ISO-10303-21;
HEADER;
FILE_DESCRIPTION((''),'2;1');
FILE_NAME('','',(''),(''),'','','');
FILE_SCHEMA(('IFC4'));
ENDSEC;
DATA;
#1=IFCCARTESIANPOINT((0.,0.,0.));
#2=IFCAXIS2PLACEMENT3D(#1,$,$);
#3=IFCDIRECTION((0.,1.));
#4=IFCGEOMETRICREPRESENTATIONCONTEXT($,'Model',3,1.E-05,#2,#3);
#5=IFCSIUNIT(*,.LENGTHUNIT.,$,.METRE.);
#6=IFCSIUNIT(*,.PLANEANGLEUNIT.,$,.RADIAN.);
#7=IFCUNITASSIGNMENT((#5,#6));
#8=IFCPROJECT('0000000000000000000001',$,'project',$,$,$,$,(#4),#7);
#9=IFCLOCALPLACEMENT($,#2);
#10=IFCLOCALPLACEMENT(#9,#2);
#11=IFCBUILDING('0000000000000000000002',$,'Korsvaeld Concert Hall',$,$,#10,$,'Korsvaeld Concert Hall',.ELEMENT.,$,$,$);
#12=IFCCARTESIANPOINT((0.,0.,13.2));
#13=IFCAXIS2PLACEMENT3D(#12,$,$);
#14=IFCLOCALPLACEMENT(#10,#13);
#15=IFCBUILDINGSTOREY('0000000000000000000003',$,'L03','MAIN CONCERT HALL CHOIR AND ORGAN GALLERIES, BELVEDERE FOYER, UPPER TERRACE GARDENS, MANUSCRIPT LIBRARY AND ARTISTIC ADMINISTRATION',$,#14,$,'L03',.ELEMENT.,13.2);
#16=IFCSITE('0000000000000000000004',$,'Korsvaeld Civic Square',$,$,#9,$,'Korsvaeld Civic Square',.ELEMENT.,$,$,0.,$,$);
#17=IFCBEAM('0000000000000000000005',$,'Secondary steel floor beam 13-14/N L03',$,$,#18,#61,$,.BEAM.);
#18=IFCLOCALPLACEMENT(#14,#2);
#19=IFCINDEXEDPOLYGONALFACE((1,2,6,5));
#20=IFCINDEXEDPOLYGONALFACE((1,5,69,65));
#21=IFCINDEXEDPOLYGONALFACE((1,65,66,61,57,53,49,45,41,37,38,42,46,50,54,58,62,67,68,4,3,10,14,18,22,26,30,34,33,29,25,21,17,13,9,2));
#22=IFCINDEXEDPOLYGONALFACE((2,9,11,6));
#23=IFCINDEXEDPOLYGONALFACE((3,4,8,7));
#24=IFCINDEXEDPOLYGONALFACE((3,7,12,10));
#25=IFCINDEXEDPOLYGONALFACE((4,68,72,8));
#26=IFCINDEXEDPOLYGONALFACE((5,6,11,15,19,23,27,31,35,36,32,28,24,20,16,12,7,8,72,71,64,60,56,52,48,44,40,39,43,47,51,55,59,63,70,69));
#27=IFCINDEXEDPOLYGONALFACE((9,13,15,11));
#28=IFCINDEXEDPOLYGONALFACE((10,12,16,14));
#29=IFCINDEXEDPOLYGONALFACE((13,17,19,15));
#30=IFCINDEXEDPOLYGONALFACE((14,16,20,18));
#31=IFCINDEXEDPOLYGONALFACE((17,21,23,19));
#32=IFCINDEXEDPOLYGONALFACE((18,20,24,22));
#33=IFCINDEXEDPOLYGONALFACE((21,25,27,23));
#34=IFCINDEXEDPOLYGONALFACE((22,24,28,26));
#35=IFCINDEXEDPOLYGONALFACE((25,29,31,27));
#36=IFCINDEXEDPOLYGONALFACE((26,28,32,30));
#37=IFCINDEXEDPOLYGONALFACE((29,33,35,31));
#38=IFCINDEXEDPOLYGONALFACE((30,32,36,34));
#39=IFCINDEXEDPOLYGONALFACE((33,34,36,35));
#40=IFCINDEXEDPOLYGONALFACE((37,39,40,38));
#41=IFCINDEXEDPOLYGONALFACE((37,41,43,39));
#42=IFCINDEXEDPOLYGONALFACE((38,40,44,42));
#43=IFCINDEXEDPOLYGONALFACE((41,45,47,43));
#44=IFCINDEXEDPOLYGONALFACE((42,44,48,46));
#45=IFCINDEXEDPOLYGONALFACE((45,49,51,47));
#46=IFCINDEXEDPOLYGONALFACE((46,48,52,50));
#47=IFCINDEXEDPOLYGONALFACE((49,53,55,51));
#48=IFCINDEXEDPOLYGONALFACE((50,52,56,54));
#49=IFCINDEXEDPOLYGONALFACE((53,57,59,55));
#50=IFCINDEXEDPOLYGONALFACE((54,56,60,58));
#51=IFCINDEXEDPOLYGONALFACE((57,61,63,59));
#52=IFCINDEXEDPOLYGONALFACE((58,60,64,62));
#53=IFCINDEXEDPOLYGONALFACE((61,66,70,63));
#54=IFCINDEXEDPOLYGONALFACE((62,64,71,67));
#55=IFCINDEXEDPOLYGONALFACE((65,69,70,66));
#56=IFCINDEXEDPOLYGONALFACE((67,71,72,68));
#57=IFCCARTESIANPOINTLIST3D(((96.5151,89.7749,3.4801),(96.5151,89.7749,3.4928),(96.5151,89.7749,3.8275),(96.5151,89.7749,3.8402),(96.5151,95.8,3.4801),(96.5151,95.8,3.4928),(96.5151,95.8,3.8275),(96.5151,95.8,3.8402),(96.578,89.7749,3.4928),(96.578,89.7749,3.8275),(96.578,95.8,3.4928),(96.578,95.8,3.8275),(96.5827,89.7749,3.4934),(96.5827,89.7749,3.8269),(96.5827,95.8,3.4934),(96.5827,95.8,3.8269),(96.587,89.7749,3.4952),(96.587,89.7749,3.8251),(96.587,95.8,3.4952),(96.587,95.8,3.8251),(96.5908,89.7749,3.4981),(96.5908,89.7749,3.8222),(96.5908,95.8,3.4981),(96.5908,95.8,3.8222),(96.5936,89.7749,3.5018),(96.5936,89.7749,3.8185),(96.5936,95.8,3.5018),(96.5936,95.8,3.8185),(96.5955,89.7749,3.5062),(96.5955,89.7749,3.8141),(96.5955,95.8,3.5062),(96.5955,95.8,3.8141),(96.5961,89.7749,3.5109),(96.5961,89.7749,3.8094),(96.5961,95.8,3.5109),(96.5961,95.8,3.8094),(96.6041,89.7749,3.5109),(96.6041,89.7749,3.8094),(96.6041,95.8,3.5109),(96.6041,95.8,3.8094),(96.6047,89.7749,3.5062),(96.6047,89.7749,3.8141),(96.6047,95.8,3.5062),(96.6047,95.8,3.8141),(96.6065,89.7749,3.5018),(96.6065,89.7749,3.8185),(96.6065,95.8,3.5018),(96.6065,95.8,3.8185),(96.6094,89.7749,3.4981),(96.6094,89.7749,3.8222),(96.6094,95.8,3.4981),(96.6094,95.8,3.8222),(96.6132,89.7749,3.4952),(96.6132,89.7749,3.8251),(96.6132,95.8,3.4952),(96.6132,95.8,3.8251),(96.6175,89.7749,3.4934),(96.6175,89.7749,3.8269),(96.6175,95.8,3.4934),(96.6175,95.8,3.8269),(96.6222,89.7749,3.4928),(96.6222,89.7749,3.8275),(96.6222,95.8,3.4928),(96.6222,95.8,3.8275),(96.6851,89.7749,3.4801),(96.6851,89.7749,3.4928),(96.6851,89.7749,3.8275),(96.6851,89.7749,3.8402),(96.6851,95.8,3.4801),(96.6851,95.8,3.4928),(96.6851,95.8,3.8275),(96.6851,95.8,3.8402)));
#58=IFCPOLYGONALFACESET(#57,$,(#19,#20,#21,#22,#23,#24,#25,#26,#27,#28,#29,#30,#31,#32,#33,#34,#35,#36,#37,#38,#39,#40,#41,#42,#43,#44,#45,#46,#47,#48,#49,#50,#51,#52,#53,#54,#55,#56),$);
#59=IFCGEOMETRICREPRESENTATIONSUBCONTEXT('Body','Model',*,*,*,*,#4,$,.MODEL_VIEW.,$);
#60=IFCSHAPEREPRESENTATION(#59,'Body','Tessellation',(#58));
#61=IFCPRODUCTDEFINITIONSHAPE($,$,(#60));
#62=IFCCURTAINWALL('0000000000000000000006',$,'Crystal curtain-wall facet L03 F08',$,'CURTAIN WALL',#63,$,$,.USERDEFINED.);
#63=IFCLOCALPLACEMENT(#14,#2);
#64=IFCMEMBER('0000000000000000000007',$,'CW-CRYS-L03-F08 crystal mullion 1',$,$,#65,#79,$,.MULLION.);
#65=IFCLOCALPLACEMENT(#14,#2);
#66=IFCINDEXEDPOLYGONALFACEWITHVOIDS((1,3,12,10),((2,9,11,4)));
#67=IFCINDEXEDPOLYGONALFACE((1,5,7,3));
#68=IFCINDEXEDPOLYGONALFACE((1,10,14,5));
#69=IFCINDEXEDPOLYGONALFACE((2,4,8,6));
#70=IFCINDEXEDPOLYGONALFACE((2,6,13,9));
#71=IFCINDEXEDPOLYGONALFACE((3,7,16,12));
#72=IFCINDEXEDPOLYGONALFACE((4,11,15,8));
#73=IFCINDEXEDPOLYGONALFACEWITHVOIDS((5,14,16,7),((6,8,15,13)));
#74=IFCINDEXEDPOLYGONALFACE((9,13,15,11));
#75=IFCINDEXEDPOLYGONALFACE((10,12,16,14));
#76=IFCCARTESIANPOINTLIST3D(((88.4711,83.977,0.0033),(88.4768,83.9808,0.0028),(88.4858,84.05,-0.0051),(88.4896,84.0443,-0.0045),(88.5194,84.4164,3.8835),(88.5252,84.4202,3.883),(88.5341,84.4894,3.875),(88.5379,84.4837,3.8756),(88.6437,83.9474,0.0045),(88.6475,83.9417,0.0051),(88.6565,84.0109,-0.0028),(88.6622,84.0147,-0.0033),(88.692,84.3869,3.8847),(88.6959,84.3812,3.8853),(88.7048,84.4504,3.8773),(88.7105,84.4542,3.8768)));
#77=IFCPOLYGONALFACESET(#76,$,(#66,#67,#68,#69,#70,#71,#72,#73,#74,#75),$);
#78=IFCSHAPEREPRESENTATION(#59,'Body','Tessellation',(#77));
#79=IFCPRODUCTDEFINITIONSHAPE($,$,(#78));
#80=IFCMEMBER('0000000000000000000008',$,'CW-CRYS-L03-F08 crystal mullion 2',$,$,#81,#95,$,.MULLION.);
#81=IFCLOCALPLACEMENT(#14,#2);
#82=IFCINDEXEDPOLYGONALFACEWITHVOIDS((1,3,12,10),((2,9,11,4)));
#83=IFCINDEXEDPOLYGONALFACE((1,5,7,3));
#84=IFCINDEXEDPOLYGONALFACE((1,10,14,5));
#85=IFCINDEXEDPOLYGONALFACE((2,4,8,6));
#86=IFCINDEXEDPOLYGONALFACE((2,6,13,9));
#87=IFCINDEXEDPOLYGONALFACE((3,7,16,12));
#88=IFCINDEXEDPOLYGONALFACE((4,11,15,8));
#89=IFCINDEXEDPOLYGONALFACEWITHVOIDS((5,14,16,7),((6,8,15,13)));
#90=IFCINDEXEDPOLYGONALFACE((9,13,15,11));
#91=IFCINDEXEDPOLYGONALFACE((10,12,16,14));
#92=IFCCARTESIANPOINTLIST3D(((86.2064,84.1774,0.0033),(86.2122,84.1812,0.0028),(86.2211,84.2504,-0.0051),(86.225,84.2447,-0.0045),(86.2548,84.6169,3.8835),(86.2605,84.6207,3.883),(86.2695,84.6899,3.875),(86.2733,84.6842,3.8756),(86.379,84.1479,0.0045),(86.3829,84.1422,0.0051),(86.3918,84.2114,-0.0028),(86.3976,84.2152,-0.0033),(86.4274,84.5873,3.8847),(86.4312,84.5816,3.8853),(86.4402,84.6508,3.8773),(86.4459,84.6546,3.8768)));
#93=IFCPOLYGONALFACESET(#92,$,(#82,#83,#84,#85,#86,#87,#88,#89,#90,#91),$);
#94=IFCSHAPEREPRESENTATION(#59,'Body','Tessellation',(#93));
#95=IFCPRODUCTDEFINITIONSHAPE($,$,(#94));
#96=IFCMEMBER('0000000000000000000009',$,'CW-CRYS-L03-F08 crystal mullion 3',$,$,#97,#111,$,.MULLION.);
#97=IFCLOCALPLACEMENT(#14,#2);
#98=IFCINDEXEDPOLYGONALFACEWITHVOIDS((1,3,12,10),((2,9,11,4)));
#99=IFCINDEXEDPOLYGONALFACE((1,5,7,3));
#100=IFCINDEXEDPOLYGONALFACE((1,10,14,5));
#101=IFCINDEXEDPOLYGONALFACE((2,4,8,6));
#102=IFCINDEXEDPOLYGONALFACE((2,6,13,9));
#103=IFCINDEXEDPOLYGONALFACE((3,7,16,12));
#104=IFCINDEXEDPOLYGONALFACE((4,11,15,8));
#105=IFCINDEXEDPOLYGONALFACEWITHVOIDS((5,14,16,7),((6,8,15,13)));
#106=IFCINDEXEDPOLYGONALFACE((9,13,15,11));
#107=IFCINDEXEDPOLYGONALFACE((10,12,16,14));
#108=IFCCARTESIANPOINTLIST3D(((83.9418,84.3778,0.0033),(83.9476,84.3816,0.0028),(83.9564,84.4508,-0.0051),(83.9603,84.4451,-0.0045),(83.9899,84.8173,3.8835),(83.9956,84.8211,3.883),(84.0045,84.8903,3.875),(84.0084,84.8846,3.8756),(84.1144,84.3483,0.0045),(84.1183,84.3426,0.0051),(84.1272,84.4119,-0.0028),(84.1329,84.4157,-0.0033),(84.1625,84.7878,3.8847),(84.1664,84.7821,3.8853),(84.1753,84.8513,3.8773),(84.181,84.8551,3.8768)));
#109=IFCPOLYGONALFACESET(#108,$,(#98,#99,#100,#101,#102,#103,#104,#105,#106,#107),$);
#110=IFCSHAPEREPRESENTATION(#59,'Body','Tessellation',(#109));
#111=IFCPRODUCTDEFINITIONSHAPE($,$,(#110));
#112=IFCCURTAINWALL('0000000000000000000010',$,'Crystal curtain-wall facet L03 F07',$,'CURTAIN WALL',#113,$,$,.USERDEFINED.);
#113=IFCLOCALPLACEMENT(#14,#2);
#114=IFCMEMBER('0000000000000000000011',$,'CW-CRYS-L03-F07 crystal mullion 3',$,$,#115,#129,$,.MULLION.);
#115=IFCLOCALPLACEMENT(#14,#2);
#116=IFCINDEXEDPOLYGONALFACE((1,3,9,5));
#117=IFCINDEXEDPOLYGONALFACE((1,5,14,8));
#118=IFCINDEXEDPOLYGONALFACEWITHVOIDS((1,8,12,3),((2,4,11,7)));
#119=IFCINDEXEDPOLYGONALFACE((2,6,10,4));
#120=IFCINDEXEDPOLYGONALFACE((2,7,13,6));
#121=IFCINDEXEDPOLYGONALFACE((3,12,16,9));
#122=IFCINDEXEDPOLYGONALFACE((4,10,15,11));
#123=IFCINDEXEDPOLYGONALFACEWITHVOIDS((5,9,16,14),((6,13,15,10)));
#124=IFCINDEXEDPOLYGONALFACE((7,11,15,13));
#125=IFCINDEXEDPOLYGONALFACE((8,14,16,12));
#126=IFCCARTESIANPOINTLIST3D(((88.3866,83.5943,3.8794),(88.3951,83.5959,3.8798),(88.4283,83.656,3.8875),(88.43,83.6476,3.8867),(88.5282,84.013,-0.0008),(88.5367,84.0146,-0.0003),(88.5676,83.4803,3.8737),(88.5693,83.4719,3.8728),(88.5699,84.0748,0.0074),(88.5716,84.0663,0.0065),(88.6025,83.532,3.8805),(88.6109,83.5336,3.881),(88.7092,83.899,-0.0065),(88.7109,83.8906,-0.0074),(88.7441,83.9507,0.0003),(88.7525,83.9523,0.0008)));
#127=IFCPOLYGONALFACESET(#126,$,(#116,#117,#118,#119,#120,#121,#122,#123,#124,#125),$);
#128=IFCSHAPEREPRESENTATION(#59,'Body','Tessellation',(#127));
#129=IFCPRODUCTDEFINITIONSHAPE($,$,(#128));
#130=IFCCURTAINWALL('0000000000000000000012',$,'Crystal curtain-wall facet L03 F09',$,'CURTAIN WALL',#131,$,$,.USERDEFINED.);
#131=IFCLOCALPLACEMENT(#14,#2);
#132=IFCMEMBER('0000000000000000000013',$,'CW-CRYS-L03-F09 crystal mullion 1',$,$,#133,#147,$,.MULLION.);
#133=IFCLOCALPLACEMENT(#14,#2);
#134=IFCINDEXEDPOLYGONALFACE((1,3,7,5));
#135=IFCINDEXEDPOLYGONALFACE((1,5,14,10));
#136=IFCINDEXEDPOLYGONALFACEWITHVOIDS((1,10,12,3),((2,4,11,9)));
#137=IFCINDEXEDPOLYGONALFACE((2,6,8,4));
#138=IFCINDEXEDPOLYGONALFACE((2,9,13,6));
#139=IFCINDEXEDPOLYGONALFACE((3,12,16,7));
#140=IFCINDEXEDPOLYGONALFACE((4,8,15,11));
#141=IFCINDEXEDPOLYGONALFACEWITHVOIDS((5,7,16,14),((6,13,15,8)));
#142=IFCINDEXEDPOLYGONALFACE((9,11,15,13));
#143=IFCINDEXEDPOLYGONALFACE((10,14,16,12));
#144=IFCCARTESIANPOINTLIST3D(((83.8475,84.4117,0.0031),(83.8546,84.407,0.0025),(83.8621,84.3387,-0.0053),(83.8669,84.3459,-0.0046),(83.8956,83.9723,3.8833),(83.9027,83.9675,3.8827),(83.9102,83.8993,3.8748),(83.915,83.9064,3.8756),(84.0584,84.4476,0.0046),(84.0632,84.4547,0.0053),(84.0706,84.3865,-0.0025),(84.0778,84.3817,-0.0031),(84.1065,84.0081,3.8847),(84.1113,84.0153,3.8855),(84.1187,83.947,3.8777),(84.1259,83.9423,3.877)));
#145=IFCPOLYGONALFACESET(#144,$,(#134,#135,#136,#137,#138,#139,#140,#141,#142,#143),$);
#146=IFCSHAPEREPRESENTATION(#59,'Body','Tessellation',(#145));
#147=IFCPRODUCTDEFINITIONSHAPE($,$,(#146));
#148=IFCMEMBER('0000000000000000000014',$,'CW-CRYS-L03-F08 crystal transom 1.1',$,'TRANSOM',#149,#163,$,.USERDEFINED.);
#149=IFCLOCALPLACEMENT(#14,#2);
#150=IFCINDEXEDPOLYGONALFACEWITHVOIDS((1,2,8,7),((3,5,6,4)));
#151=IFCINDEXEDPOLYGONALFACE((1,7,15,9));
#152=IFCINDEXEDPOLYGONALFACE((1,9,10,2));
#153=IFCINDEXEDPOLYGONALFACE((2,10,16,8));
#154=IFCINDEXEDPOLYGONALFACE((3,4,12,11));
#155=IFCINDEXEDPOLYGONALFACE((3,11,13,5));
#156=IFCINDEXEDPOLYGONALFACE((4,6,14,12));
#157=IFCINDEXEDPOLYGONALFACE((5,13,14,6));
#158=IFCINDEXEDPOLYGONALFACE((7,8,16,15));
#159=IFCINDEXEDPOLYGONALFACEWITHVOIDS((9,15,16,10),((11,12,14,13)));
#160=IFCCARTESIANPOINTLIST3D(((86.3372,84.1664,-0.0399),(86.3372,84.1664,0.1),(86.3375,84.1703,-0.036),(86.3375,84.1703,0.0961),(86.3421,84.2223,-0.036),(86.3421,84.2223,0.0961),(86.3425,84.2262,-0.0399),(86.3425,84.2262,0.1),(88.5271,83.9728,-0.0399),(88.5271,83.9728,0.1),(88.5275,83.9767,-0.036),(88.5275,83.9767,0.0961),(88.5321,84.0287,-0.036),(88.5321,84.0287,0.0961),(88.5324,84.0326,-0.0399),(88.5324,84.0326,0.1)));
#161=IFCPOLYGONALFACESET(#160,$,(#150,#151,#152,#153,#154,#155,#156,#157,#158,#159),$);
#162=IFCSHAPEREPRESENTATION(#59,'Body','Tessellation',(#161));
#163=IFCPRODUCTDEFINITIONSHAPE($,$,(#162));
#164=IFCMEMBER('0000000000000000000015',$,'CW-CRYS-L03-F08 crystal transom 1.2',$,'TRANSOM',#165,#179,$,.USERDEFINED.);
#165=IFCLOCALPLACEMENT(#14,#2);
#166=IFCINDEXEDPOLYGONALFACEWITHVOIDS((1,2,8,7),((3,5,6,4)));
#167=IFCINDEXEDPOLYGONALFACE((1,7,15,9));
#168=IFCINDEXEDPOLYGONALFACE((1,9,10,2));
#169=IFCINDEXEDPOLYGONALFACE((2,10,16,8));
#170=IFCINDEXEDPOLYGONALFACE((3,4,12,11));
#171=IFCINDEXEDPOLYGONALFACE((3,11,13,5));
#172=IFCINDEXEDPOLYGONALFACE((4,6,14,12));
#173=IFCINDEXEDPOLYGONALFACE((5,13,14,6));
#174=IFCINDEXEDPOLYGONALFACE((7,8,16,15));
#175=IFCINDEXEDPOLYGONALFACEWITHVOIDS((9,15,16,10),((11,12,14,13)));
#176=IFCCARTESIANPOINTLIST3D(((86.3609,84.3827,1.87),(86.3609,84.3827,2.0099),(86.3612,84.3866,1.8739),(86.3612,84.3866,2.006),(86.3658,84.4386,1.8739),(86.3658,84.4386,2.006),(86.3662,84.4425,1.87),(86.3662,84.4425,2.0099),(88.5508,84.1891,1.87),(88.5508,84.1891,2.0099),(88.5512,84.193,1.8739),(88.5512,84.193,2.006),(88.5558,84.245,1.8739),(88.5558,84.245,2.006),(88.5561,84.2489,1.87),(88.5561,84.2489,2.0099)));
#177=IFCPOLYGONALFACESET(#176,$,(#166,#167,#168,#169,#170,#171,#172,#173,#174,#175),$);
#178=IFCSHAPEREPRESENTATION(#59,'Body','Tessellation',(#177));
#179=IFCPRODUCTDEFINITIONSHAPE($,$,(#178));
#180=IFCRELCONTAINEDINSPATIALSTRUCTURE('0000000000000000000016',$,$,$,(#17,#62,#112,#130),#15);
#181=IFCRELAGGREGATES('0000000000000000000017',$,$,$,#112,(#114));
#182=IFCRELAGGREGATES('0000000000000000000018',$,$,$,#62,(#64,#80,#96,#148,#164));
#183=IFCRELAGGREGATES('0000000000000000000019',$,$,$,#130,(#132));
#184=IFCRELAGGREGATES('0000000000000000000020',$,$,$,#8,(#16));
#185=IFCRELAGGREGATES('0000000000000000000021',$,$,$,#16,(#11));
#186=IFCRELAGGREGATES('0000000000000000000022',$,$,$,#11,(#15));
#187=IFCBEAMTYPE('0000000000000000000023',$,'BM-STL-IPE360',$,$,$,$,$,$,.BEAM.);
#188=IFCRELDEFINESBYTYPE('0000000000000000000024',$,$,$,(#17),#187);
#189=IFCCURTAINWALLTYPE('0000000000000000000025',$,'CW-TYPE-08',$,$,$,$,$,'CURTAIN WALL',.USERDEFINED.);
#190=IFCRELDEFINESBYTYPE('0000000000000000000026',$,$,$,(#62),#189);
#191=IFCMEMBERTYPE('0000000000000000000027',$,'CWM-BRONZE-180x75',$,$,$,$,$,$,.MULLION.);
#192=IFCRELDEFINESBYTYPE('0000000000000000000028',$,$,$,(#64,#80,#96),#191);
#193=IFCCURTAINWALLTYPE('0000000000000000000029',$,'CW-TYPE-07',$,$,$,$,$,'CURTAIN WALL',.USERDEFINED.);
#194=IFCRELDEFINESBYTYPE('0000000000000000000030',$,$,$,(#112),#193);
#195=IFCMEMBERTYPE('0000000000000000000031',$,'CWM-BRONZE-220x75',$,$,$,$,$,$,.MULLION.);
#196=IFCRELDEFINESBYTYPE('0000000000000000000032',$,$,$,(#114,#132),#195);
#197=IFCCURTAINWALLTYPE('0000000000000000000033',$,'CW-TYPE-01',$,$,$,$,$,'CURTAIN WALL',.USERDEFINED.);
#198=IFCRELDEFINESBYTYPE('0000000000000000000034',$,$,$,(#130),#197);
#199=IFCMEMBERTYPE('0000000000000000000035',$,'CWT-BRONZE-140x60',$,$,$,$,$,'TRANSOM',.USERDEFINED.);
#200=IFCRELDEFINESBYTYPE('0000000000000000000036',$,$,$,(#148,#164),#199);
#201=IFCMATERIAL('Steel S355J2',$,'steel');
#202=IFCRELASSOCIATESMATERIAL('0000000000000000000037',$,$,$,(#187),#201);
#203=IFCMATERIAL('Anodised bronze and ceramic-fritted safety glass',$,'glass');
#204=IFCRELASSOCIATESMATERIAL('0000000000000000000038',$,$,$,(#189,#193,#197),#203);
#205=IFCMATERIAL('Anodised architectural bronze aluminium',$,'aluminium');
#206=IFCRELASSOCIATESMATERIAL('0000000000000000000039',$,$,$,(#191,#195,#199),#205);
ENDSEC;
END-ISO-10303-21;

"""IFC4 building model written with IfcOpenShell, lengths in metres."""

from ifc_helpers import new_model, si_unit, direction, frame, origin, origin_2d, place, context, subcontext, project, spatial, hollow_rectangle, i_section, extrude, material, material_profile, profile_set, type_object, element, aggregate, save


model = new_model("IFC4")

# Units and contexts
model_context = context("Model", 3, precision=1e-05, world=origin(), true_north=direction((0.0, 1.0)))
body_context = subcontext(model_context, "Body", "Model", "MODEL_VIEW")
ifc_project = project(units=[si_unit("LENGTHUNIT", "METRE"), si_unit("PLANEANGLEUNIT", "RADIAN")], contexts=[model_context])

# Site, building, storey
site_placement = place(None, origin())
site = spatial("IfcSite", under=ifc_project, at=site_placement, Name="Korsvaeld Civic Square", LongName="Korsvaeld Civic Square", CompositionType="ELEMENT", RefElevation=0.0)
building_placement = place(site_placement, origin())
building = spatial("IfcBuilding", under=site, at=building_placement, Name="Korsvaeld Concert Hall", LongName="Korsvaeld Concert Hall", CompositionType="ELEMENT")
storey_placement = place(building_placement, frame((0.0, 0.0, 13.2)))
storey = spatial("IfcBuildingStorey", under=building, at=storey_placement, Name="L03", Description="MAIN CONCERT HALL CHOIR AND ORGAN GALLERIES, BELVEDERE FOYER, UPPER TERRACE GARDENS, MANUSCRIPT LIBRARY AND ARTISTIC ADMINISTRATION", LongName="L03", CompositionType="ELEMENT", Elevation=13.2)

# Beam
ifc_material_1 = material(Name="Steel S355J2", Category="steel")
ifc_material_profile_1 = material_profile(ifc_material_1, i_section(OverallWidth=0.1699, OverallDepth=0.3601, WebThickness=0.0081, FlangeThickness=0.0127, FilletRadius=0.0181, at=origin_2d()), Name="IPE 360")
ifc_profile_set_1 = profile_set([ifc_material_profile_1], Name="Steel S355J2")
beam_type_1 = type_object("IfcBeamType", Name="BM-STL-IPE360", PredefinedType="BEAM", material=ifc_profile_set_1)
beam_1_placement = place(storey_placement, frame((96.6001, 89.7749, 3.6602), z_axis=(0.0, 1.0, 0.0), x_axis=(-1.0, 0.0, 0.0)))
element("IfcBeam", 1, at=beam_1_placement, inside=storey, type_object=beam_type_1, Name="Secondary steel floor beam 13-14/N L03", PredefinedType="BEAM", context=body_context, shape_type="SweptSolid", body=[
    extrude(i_section(OverallWidth=0.1699, OverallDepth=0.3601, WebThickness=0.0081, FlangeThickness=0.0127, FilletRadius=0.0181, at=origin_2d()), origin(), (0.0, 0.0, 1.0), 6.0251),
])

# Curtain wall, members
ifc_material_2 = material(Name="Anodised bronze and ceramic-fritted safety glass", Category="glass")
curtain_wall_type_1 = type_object("IfcCurtainWallType", Name="CW-TYPE-08", ElementType="CURTAIN WALL", PredefinedType="USERDEFINED", material=ifc_material_2)
curtain_wall_1_placement = place(storey_placement, origin())
curtain_wall_1 = element("IfcCurtainWall", 2, at=curtain_wall_1_placement, inside=storey, type_object=curtain_wall_type_1, Name="Crystal curtain-wall facet L03 F08", ObjectType="CURTAIN WALL", PredefinedType="USERDEFINED")
ifc_material_3 = material(Name="Anodised architectural bronze aluminium", Category="aluminium")
ifc_material_profile_2 = material_profile(ifc_material_3, hollow_rectangle(XDim=0.075, YDim=0.1799, WallThickness=0.0049, at=origin_2d()), Name="CWM 180x75x5")
ifc_profile_set_2 = profile_set([ifc_material_profile_2], Name="Anodised architectural bronze aluminium")
member_type_1 = type_object("IfcMemberType", Name="CWM-BRONZE-180x75", PredefinedType="MULLION", material=ifc_profile_set_2)
member_1_placement = place(storey_placement, frame((88.5667, 83.9958, 0.0), z_axis=(0.012378, 0.112529, 0.993571), x_axis=(0.195828, 0.974133, -0.112767)))
member_1 = element("IfcMember", 3, at=member_1_placement, type_object=member_type_1, Name="CW-CRYS-L03-F08 crystal mullion 1", PredefinedType="MULLION", context=body_context, shape_type="SweptSolid", body=[
    extrude(hollow_rectangle(XDim=0.075, YDim=0.1799, WallThickness=0.0049, at=origin_2d()), origin(), (0.0, 0.0, 1.0), 3.9053),
])
member_2_placement = place(storey_placement, frame((86.302, 84.1963, 0.0), z_axis=(0.012378, 0.112529, 0.993571), x_axis=(0.195828, 0.974133, -0.112767)))
member_2 = element("IfcMember", 4, at=member_2_placement, type_object=member_type_1, Name="CW-CRYS-L03-F08 crystal mullion 2", PredefinedType="MULLION", context=body_context, shape_type="SweptSolid", body=[
    extrude(hollow_rectangle(XDim=0.075, YDim=0.1799, WallThickness=0.0049, at=origin_2d()), origin(), (0.0, 0.0, 1.0), 3.9053),
])
member_3_placement = place(storey_placement, frame((84.0374, 84.3967, 0.0), z_axis=(0.012316, 0.112529, 0.993572), x_axis=(0.195294, 0.974241, -0.112761)))
member_3 = element("IfcMember", 5, at=member_3_placement, type_object=member_type_1, Name="CW-CRYS-L03-F08 crystal mullion 3", PredefinedType="MULLION", context=body_context, shape_type="SweptSolid", body=[
    extrude(hollow_rectangle(XDim=0.075, YDim=0.1799, WallThickness=0.0049, at=origin_2d()), origin(), (0.0, 0.0, 1.0), 3.9053),
])

# Curtain walls, members
curtain_wall_type_2 = type_object("IfcCurtainWallType", Name="CW-TYPE-07", ElementType="CURTAIN WALL", PredefinedType="USERDEFINED", material=ifc_material_2)
curtain_wall_2_placement = place(storey_placement, origin())
curtain_wall_2 = element("IfcCurtainWall", 6, at=curtain_wall_2_placement, inside=storey, type_object=curtain_wall_type_2, Name="Crystal curtain-wall facet L03 F07", ObjectType="CURTAIN WALL", PredefinedType="USERDEFINED")
ifc_material_profile_3 = material_profile(ifc_material_3, hollow_rectangle(XDim=0.075, YDim=0.22, WallThickness=0.0061, at=origin_2d()), Name="CWM 220x75x6")
ifc_profile_set_3 = profile_set([ifc_material_profile_3], Name="Anodised architectural bronze aluminium")
member_type_2 = type_object("IfcMemberType", Name="CWM-BRONZE-220x75", PredefinedType="MULLION", material=ifc_profile_set_3)
member_4_placement = place(storey_placement, frame((88.6404, 83.9827, 0.0), z_axis=(-0.03626, -0.107216, 0.993574), x_axis=(-0.556165, -0.823867, -0.109199)))
member_4 = element("IfcMember", 7, at=member_4_placement, type_object=member_type_2, Name="CW-CRYS-L03-F07 crystal mullion 3", PredefinedType="MULLION", context=body_context, shape_type="SweptSolid", body=[
    extrude(hollow_rectangle(XDim=0.075, YDim=0.22, WallThickness=0.0061, at=origin_2d()), origin(), (0.0, 0.0, 1.0), 3.9053),
])
aggregate(curtain_wall_2, [member_4])
curtain_wall_type_3 = type_object("IfcCurtainWallType", Name="CW-TYPE-01", ElementType="CURTAIN WALL", PredefinedType="USERDEFINED", material=ifc_material_2)
curtain_wall_3_placement = place(storey_placement, origin())
curtain_wall_3 = element("IfcCurtainWall", 8, at=curtain_wall_3_placement, inside=storey, type_object=curtain_wall_type_3, Name="Crystal curtain-wall facet L03 F09", ObjectType="CURTAIN WALL", PredefinedType="USERDEFINED")
member_5_placement = place(storey_placement, frame((83.9626, 84.3967, 0.0), z_axis=(0.012316, -0.112529, 0.993572), x_axis=(0.195294, -0.974241, -0.112761)))
member_5 = element("IfcMember", 9, at=member_5_placement, type_object=member_type_2, Name="CW-CRYS-L03-F09 crystal mullion 1", PredefinedType="MULLION", context=body_context, shape_type="SweptSolid", body=[
    extrude(hollow_rectangle(XDim=0.075, YDim=0.22, WallThickness=0.0061, at=origin_2d()), origin(), (0.0, 0.0, 1.0), 3.9053),
])

# Members
ifc_material_profile_4 = material_profile(ifc_material_3, hollow_rectangle(XDim=0.0601, YDim=0.1399, WallThickness=0.0039, at=origin_2d()), Name="CWT 140x60x4")
ifc_profile_set_4 = profile_set([ifc_material_profile_4], Name="Anodised architectural bronze aluminium")
member_type_3 = type_object("IfcMemberType", Name="CWT-BRONZE-140x60", ElementType="TRANSOM", PredefinedType="USERDEFINED", material=ifc_profile_set_4)
member_6_placement = place(storey_placement, frame((88.5298, 84.0027, 0.03), z_axis=(-0.996115, 0.088062, 0.0), x_axis=(-0.088062, -0.996115, 0.0)))
member_6 = element("IfcMember", 10, at=member_6_placement, type_object=member_type_3, Name="CW-CRYS-L03-F08 crystal transom 1.1", ObjectType="TRANSOM", PredefinedType="USERDEFINED", context=body_context, shape_type="SweptSolid", body=[
    extrude(hollow_rectangle(XDim=0.0601, YDim=0.1399, WallThickness=0.0039, at=origin_2d()), origin(), (0.0, 0.0, 1.0), 2.1985),
])
member_7_placement = place(storey_placement, frame((88.5535, 84.219, 1.9399), z_axis=(-0.996115, 0.088062, 0.0), x_axis=(-0.088062, -0.996115, 0.0)))
member_7 = element("IfcMember", 11, at=member_7_placement, type_object=member_type_3, Name="CW-CRYS-L03-F08 crystal transom 1.2", ObjectType="TRANSOM", PredefinedType="USERDEFINED", context=body_context, shape_type="SweptSolid", body=[
    extrude(hollow_rectangle(XDim=0.0601, YDim=0.1399, WallThickness=0.0039, at=origin_2d()), origin(), (0.0, 0.0, 1.0), 2.1985),
])

aggregate(curtain_wall_1, [member_1, member_2, member_3, member_6, member_7])
aggregate(curtain_wall_3, [member_5])

save(model, "model.ifc")
